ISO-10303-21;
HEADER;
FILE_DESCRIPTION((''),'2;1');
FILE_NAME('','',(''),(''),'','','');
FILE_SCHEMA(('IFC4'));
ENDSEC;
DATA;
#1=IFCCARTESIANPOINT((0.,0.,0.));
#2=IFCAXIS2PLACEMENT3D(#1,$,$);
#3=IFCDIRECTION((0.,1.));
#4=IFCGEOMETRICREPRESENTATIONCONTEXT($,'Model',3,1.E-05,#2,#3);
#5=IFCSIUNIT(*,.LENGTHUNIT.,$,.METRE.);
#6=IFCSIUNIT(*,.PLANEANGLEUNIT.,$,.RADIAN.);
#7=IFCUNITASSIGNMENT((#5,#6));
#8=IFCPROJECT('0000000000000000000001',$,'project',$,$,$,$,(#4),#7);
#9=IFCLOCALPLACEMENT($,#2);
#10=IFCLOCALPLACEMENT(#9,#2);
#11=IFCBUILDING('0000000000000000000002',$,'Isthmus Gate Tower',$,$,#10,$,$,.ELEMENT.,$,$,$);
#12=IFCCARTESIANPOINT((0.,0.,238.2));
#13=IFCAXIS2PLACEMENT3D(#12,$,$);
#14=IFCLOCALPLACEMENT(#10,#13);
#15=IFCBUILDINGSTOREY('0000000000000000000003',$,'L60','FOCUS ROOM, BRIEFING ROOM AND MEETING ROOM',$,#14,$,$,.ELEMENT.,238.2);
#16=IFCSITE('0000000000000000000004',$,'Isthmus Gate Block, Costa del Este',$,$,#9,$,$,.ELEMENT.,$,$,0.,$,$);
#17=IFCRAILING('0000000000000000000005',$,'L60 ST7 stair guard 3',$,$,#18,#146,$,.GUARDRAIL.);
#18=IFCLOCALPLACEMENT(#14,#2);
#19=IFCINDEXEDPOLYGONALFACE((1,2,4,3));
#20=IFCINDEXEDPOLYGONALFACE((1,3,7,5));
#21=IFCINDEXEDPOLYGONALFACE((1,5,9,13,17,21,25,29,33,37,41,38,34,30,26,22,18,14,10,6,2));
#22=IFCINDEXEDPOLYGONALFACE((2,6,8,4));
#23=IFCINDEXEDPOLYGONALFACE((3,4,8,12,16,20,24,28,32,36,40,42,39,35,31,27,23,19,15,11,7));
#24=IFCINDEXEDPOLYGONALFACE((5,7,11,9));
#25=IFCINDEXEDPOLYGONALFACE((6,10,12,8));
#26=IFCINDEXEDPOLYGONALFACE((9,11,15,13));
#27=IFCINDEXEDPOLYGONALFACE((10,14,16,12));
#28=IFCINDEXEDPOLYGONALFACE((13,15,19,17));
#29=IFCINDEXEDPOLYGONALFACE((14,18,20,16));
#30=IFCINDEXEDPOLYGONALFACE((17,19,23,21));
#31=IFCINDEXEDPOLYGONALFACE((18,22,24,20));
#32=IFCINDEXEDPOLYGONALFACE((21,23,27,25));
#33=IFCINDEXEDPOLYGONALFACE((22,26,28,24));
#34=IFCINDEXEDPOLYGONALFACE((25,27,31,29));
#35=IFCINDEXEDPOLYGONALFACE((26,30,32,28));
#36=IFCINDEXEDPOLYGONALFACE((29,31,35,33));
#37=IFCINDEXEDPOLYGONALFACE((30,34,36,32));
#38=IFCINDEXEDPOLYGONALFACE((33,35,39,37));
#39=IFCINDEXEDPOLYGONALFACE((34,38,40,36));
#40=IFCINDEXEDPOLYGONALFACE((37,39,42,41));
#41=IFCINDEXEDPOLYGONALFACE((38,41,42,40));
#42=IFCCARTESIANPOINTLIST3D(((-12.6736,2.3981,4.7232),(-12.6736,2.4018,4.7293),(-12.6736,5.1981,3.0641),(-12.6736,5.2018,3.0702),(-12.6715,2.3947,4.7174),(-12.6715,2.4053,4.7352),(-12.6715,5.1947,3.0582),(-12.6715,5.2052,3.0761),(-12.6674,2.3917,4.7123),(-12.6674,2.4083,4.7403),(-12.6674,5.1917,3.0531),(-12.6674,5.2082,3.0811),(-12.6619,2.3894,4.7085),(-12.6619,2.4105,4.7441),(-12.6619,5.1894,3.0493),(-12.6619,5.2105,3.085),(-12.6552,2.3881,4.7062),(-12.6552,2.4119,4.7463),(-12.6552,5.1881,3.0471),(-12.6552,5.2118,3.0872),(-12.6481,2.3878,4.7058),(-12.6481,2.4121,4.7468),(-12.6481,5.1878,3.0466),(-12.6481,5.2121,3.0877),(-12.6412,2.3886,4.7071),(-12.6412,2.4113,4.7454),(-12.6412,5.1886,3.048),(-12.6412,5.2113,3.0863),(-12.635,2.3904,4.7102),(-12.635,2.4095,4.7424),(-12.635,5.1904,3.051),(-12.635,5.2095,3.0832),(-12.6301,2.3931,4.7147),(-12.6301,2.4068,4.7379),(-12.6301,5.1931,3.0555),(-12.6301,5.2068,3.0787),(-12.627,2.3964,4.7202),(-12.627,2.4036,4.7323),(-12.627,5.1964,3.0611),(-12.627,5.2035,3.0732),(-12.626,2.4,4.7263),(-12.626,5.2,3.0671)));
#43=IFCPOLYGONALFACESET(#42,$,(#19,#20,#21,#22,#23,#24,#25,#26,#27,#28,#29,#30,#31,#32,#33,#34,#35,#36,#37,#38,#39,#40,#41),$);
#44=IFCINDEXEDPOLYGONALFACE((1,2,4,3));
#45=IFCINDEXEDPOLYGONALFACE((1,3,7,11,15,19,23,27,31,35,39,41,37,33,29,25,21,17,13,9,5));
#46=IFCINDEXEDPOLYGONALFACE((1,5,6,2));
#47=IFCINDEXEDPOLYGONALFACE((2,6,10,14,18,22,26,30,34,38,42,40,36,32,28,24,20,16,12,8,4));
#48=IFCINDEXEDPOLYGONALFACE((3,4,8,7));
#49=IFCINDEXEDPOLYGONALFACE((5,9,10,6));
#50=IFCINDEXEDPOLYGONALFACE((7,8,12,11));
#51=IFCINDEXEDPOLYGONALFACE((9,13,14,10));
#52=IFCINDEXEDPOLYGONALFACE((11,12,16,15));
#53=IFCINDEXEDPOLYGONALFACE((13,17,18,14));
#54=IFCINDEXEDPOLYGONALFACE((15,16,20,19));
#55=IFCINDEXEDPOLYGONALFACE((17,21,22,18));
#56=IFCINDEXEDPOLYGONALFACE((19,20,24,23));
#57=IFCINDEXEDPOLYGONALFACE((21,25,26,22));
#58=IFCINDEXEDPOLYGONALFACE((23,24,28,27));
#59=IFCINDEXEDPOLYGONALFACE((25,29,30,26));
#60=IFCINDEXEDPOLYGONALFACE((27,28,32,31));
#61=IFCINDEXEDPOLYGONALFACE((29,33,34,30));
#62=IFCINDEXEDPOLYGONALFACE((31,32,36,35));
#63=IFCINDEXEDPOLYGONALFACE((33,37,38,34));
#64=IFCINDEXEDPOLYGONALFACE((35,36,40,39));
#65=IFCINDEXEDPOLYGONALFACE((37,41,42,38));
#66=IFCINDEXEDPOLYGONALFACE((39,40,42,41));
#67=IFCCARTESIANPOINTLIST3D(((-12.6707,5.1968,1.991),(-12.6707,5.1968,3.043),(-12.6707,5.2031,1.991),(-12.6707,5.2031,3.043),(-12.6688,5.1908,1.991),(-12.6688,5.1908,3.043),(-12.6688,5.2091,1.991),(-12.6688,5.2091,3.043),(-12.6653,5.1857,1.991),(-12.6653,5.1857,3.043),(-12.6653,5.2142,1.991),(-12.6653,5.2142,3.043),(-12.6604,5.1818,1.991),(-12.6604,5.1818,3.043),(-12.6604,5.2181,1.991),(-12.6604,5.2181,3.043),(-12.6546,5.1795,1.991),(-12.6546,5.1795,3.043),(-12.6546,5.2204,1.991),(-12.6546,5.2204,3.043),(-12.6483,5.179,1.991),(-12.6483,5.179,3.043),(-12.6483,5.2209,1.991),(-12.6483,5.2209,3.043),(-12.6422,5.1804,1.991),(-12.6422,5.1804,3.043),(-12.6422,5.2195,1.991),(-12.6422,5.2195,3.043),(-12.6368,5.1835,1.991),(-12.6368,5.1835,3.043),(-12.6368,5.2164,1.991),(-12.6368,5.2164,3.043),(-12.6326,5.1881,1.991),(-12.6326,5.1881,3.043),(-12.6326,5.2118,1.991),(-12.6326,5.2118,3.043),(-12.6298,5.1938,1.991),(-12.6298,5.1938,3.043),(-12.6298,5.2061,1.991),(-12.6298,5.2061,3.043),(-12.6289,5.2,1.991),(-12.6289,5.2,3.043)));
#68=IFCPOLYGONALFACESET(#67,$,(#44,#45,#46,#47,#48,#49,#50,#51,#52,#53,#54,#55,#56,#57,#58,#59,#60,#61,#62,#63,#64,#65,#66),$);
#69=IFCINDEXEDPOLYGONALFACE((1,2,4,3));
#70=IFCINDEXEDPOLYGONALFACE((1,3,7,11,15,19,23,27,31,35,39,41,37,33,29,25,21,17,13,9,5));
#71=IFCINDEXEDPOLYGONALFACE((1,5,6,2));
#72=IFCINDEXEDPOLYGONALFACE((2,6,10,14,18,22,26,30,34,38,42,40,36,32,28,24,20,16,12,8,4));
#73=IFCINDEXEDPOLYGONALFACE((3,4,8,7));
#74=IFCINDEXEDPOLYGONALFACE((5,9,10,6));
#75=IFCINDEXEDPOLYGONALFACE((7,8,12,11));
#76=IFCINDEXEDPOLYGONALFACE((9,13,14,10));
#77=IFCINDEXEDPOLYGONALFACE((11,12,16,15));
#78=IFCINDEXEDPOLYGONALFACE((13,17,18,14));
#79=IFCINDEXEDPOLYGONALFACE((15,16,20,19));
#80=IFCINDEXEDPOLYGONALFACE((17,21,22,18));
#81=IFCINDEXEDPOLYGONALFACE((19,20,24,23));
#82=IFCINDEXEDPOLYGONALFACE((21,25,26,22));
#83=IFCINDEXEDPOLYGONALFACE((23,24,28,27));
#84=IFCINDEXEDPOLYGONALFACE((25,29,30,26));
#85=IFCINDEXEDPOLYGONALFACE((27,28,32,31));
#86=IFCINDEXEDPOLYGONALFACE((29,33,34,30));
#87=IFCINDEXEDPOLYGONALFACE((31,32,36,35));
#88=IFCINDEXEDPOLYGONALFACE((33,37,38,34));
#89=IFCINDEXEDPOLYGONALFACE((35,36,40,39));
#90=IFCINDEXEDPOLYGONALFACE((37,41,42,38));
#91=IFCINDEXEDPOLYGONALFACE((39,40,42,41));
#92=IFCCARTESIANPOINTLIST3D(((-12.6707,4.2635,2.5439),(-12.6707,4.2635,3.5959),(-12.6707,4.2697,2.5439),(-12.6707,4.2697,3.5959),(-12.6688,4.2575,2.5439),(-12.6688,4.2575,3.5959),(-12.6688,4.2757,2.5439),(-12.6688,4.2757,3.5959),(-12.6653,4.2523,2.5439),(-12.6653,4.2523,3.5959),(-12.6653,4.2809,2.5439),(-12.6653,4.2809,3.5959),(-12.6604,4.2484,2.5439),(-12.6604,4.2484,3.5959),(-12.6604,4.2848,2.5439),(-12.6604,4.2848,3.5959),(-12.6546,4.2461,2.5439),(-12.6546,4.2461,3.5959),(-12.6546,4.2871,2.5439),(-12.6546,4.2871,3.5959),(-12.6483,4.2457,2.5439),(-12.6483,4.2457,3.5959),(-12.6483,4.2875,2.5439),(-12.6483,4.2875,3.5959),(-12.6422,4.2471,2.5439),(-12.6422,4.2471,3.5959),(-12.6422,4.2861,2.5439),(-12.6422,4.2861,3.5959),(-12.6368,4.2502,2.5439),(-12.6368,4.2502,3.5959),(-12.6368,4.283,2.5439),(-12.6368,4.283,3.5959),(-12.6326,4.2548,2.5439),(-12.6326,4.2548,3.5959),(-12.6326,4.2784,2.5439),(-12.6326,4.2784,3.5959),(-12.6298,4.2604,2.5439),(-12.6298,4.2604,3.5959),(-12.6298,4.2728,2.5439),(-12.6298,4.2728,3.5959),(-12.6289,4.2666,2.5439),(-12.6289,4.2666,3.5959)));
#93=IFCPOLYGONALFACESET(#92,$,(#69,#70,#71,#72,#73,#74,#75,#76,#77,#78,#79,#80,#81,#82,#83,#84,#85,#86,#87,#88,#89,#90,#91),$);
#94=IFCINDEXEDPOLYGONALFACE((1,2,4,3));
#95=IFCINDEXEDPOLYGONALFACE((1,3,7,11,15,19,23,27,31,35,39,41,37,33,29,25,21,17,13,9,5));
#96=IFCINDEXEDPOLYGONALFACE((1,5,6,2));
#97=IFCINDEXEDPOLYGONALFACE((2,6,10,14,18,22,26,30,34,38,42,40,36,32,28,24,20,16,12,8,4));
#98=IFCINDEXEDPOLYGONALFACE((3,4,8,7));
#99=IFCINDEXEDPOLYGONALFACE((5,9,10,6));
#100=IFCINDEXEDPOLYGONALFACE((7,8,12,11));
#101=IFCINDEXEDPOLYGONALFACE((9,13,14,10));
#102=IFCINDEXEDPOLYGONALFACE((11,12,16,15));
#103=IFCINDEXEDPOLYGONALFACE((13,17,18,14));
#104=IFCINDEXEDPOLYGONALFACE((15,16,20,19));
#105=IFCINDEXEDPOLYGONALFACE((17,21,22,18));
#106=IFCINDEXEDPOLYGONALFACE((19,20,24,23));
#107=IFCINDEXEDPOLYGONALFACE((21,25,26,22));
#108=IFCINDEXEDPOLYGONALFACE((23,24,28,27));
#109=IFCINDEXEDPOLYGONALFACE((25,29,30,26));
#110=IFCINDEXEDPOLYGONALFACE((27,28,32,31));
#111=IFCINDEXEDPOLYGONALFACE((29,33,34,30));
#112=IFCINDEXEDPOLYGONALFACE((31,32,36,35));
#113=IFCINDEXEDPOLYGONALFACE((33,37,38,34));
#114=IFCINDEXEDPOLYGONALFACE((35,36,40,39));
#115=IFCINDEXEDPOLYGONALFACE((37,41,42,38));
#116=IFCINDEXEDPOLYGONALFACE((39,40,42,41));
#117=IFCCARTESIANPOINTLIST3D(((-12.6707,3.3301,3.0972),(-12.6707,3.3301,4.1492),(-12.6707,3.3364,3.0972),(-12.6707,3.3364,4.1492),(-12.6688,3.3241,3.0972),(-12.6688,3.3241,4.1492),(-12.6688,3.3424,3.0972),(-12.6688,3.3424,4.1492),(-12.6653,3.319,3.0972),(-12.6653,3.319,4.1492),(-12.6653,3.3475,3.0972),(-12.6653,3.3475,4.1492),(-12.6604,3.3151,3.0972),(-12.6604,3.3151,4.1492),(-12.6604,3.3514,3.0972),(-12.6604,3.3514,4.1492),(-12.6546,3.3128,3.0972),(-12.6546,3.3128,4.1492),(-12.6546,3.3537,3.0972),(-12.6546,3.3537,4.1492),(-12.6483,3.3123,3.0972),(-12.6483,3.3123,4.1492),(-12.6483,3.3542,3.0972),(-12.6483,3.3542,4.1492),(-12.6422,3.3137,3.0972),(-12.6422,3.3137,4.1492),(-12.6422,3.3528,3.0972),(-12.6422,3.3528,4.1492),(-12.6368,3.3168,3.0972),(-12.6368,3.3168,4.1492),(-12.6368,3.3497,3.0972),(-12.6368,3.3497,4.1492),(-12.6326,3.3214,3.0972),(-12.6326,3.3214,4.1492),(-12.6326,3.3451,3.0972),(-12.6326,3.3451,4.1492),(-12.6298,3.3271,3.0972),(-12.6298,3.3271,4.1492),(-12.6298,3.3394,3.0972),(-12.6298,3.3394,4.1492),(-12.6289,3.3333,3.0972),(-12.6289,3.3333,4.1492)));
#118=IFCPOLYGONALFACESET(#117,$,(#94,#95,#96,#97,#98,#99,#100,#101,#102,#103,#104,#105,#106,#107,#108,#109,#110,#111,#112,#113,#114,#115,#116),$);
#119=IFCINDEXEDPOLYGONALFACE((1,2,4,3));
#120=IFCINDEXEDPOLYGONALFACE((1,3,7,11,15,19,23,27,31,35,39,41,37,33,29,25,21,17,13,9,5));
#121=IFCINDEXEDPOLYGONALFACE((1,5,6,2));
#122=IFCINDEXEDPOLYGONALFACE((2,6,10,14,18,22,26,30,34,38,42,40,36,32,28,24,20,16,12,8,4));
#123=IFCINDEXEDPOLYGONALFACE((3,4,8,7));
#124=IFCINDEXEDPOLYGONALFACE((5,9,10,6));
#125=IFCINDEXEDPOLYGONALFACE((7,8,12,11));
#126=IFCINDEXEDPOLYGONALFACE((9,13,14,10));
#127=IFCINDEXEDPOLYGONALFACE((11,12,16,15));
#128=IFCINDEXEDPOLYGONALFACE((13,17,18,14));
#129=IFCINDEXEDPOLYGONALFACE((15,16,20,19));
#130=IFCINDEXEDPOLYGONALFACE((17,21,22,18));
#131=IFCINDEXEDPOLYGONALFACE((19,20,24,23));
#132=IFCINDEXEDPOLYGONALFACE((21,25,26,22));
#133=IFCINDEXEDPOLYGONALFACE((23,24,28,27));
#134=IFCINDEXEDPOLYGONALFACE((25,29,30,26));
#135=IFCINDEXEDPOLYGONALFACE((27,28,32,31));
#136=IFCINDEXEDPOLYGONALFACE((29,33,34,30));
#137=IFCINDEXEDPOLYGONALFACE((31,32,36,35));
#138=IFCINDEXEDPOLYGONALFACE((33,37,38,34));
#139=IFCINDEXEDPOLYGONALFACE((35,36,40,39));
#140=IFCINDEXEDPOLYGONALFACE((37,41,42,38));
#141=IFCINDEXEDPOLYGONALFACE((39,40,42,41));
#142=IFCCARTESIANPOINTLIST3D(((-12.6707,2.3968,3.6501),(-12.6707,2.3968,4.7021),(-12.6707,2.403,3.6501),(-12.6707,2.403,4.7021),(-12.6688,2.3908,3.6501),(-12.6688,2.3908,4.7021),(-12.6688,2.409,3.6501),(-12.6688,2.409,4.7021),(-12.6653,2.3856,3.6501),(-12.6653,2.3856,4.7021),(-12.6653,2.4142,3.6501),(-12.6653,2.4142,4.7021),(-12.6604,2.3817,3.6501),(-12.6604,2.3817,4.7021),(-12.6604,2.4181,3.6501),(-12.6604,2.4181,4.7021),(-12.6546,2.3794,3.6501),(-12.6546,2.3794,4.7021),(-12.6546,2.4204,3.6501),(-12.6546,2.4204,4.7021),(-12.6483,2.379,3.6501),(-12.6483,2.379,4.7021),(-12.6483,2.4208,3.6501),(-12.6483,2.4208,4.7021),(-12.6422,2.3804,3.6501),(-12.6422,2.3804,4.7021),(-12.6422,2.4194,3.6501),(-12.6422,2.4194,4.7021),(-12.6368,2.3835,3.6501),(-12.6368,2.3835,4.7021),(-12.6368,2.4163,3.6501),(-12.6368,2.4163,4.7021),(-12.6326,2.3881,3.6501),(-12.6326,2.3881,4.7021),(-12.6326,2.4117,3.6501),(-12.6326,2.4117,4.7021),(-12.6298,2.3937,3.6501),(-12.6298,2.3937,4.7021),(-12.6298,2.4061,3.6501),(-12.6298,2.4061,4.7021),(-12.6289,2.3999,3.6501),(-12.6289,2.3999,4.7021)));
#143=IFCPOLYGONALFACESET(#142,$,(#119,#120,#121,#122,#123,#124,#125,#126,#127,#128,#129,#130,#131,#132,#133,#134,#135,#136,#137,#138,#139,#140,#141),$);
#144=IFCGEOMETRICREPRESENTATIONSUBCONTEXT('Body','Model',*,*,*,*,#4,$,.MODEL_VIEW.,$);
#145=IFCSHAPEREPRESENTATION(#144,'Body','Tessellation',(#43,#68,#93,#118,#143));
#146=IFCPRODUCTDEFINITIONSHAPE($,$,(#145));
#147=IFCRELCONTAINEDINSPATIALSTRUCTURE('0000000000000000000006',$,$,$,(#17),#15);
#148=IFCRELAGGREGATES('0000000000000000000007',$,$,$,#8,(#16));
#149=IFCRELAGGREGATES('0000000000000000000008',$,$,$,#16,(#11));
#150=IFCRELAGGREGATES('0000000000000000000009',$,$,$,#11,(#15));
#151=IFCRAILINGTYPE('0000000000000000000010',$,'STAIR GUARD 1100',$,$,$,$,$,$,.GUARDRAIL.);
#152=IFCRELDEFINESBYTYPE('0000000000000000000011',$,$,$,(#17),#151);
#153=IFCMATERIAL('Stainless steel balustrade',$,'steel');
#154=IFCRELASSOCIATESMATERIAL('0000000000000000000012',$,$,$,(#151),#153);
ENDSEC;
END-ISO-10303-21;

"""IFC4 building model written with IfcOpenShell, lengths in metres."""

from ifc_helpers import new_model, si_unit, direction, frame, origin, origin_2d, place, context, subcontext, project, spatial, circle, extrude, material, type_object, element, save


model = new_model("IFC4")

# Units and contexts
model_context = context("Model", 3, precision=1e-05, world=origin(), true_north=direction((0.0, 1.0)))
body_context = subcontext(model_context, "Body", "Model", "MODEL_VIEW")
ifc_project = project(units=[si_unit("LENGTHUNIT", "METRE"), si_unit("PLANEANGLEUNIT", "RADIAN")], contexts=[model_context])

# Site, building, storey
site_placement = place(None, origin())
site = spatial("IfcSite", under=ifc_project, at=site_placement, Name="Isthmus Gate Block, Costa del Este", CompositionType="ELEMENT", RefElevation=0.0)
building_placement = place(site_placement, origin())
building = spatial("IfcBuilding", under=site, at=building_placement, Name="Isthmus Gate Tower", CompositionType="ELEMENT")
storey_placement = place(building_placement, frame((0.0, 0.0, 238.2)))
storey = spatial("IfcBuildingStorey", under=building, at=storey_placement, Name="L60", Description="FOCUS ROOM, BRIEFING ROOM AND MEETING ROOM", CompositionType="ELEMENT", Elevation=238.2)

# Railing
ifc_material_1 = material(Name="Stainless steel balustrade", Category="steel")
railing_type_1 = type_object("IfcRailingType", Name="STAIR GUARD 1100", PredefinedType="GUARDRAIL", material=ifc_material_1)
railing_1_placement = place(storey_placement, frame((-12.6499, 5.2, 1.991)))
element("IfcRailing", 1, at=railing_1_placement, inside=storey, type_object=railing_type_1, Name="L60 ST7 stair guard 3", PredefinedType="GUARDRAIL", context=body_context, shape_type="SweptSolid", body=[
    extrude(circle(Radius=0.0239, at=origin_2d()), frame((0.0, 0.0, 1.0762), z_axis=(0.0, -0.860306, 0.509778), x_axis=(1.0, 0.0, 0.0)), (0.0, 0.0, 1.0), 3.2546),
    extrude(circle(Radius=0.021, at=origin_2d()), origin(), (0.0, 0.0, 1.0), 1.052),
    extrude(circle(Radius=0.021, at=origin_2d()), frame((0.0, -0.9333, 0.553)), (0.0, 0.0, 1.0), 1.052),
    extrude(circle(Radius=0.021, at=origin_2d()), frame((0.0, -1.8667, 1.1062)), (0.0, 0.0, 1.0), 1.052),
    extrude(circle(Radius=0.021, at=origin_2d()), frame((0.0, -2.8, 1.6592)), (0.0, 0.0, 1.0), 1.052),
])

save(model, "model.ifc")
